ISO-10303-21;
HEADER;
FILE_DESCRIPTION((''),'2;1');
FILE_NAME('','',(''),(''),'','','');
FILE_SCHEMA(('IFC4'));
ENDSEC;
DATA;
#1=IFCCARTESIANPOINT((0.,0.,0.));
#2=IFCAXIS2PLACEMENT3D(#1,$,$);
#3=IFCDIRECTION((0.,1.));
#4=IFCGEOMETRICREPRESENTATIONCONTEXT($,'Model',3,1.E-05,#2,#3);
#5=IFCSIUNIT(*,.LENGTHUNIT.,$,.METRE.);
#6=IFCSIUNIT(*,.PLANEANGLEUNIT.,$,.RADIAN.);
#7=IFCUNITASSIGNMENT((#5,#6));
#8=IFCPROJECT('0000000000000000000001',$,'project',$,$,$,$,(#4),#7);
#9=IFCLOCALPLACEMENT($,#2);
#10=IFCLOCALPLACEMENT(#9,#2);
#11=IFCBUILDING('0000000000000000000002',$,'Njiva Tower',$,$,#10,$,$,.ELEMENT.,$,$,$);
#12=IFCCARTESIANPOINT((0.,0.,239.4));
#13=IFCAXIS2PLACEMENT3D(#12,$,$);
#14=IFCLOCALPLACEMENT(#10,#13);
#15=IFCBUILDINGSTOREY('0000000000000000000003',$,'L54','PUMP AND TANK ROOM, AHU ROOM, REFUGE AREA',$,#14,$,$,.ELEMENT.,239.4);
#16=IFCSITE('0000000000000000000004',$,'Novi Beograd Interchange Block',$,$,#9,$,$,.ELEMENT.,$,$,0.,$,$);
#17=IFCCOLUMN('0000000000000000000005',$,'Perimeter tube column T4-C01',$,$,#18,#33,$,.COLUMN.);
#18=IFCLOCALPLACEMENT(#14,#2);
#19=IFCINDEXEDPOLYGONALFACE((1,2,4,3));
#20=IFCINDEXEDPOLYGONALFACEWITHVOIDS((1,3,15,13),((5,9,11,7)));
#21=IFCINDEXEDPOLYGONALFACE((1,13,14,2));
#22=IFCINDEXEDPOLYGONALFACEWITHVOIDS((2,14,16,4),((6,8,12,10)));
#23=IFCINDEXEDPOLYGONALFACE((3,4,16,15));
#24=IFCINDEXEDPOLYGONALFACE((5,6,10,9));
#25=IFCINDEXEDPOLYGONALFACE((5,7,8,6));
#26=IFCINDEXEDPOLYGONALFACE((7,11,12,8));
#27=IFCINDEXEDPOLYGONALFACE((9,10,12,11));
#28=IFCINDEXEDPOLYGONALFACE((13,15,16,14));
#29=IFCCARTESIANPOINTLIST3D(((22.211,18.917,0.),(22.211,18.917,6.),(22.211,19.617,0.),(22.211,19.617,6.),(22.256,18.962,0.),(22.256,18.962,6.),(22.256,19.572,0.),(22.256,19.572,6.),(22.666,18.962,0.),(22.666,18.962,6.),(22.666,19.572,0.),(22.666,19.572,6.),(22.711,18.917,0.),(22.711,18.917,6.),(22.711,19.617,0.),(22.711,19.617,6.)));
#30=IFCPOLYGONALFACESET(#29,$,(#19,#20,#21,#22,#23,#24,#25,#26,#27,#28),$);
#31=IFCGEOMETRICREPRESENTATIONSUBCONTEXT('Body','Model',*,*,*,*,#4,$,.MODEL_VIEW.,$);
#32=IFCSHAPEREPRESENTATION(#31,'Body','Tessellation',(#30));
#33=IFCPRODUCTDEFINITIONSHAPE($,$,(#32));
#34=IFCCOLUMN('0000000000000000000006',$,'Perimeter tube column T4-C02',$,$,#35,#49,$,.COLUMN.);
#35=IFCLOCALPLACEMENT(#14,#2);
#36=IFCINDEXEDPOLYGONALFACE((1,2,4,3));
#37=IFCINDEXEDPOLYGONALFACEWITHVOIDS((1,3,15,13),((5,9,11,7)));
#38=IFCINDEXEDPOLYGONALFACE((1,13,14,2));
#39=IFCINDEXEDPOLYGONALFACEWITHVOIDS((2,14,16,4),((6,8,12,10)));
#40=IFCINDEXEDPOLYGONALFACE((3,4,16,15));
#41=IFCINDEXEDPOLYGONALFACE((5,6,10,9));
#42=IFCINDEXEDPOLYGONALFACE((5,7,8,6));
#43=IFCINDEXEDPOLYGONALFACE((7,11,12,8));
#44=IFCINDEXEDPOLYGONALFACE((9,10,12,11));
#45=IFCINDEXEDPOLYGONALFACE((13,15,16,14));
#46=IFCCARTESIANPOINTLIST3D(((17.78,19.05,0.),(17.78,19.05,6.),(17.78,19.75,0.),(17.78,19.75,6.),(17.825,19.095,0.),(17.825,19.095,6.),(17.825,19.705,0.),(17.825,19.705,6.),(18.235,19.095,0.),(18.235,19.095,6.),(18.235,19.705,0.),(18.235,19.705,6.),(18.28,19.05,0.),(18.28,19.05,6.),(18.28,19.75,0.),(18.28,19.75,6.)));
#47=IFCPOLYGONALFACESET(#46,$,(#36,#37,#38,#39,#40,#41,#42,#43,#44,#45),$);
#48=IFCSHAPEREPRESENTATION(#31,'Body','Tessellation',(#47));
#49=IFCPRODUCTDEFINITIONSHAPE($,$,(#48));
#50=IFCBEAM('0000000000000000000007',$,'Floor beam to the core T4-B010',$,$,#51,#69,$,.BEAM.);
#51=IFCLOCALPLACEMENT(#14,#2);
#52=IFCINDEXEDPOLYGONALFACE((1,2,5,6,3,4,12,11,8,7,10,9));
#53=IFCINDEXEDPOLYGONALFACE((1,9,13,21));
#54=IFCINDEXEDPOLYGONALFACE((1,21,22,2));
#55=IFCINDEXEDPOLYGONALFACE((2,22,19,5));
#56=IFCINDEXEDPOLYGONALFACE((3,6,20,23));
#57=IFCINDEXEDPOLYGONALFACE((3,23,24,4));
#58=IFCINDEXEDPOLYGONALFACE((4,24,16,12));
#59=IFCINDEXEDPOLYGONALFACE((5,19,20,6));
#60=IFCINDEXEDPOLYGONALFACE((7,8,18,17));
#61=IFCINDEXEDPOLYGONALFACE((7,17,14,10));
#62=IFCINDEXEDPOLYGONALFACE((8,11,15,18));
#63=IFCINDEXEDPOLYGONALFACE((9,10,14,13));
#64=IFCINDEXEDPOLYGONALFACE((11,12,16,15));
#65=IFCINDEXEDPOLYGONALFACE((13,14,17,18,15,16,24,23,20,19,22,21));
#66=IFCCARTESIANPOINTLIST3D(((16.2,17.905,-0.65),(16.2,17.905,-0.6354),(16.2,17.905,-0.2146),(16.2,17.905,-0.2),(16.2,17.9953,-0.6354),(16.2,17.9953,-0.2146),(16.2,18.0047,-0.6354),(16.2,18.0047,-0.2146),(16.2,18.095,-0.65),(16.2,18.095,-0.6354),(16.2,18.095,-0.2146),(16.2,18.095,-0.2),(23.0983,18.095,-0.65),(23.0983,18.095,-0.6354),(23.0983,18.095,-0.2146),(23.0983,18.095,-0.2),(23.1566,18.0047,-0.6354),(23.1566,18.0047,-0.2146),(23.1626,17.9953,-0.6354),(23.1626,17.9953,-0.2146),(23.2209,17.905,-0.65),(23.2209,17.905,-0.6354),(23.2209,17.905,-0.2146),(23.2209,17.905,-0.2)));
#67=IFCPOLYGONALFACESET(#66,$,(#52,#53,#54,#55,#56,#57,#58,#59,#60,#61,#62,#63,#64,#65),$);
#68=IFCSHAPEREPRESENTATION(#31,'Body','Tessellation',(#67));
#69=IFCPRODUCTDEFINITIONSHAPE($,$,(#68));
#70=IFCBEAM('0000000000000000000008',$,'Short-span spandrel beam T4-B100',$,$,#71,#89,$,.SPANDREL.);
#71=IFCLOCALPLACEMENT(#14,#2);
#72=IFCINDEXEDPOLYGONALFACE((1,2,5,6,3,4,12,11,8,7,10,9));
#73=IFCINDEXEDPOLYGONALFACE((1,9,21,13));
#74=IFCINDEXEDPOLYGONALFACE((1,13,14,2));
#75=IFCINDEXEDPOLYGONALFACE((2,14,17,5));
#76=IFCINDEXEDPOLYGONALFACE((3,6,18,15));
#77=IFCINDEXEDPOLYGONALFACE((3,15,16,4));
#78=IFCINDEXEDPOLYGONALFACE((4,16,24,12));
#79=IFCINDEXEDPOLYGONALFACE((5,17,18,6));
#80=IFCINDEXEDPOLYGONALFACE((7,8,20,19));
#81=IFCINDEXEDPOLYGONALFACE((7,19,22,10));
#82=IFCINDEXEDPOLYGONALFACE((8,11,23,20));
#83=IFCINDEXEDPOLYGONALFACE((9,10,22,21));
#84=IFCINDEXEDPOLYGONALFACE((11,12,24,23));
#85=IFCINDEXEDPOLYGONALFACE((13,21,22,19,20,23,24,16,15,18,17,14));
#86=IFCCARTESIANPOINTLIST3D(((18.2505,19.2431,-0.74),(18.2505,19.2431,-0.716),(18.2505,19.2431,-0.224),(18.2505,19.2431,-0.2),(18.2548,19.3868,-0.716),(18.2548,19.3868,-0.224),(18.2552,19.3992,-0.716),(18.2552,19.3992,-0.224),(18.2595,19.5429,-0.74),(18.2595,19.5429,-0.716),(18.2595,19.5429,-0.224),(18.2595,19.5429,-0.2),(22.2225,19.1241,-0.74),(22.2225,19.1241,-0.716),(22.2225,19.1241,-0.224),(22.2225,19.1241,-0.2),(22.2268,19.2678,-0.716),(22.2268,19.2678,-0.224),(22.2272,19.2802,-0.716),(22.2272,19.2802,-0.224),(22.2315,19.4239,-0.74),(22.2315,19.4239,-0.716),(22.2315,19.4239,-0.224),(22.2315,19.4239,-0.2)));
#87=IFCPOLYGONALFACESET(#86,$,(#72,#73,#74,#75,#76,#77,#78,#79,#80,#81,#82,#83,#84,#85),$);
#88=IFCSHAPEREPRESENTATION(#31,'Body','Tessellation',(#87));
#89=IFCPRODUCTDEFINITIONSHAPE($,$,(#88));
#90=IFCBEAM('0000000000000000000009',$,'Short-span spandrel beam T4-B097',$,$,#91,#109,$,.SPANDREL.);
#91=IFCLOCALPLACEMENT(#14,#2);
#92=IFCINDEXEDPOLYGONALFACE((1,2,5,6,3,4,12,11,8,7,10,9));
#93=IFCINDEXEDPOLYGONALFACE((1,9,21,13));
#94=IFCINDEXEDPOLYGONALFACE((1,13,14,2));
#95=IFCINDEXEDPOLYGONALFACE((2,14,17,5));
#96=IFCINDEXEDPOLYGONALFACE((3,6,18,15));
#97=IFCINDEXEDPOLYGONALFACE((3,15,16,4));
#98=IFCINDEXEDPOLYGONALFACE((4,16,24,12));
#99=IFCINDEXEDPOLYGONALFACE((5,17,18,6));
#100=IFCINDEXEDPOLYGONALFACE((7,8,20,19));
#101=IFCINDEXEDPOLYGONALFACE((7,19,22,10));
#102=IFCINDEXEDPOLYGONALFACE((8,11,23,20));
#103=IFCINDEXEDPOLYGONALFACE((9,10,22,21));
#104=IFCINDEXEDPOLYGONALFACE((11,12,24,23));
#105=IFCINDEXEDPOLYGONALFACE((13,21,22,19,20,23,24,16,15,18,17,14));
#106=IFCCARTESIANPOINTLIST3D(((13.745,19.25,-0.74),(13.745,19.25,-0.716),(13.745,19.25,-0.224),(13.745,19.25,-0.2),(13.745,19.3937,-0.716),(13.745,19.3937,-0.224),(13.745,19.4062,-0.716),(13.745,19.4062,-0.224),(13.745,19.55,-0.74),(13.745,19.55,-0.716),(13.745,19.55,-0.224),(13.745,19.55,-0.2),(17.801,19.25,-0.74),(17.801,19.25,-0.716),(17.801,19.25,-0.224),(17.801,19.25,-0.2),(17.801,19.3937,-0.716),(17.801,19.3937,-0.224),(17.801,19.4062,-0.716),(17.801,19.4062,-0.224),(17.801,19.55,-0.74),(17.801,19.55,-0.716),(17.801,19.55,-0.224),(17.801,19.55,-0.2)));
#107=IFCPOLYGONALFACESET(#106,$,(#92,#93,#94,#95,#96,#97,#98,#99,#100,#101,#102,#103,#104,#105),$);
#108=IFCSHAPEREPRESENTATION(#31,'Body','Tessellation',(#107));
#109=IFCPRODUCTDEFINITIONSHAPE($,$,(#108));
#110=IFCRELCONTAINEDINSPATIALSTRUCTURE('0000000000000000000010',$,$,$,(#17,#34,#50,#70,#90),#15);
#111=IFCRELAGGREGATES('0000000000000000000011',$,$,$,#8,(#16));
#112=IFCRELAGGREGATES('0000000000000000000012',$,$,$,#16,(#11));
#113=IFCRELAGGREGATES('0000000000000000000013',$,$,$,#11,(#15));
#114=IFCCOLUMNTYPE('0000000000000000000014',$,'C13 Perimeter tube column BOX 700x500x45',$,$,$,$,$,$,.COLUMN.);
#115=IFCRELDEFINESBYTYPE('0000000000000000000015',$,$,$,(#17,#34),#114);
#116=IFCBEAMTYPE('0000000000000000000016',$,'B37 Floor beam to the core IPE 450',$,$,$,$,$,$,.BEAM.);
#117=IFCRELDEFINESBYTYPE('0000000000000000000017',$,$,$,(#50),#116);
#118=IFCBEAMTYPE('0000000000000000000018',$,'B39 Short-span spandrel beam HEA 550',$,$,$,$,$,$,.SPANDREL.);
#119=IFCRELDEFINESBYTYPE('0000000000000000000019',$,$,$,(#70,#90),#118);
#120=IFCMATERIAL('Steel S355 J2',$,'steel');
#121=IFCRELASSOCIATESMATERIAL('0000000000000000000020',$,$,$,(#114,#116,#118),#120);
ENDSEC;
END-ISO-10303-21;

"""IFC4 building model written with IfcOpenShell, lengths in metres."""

from ifc_helpers import new_model, si_unit, direction, frame, origin, origin_2d, place, context, subcontext, project, spatial, hollow_rectangle, i_section, extrude, clip, halfspace, material, material_profile, profile_set, type_object, element, save


model = new_model("IFC4")

# Units and contexts
model_context = context("Model", 3, precision=1e-05, world=origin(), true_north=direction((0.0, 1.0)))
body_context = subcontext(model_context, "Body", "Model", "MODEL_VIEW")
ifc_project = project(units=[si_unit("LENGTHUNIT", "METRE"), si_unit("PLANEANGLEUNIT", "RADIAN")], contexts=[model_context])

# Site, building, storey
site_placement = place(None, origin())
site = spatial("IfcSite", under=ifc_project, at=site_placement, Name="Novi Beograd Interchange Block", CompositionType="ELEMENT", RefElevation=0.0)
building_placement = place(site_placement, origin())
building = spatial("IfcBuilding", under=site, at=building_placement, Name="Njiva Tower", CompositionType="ELEMENT")
storey_placement = place(building_placement, frame((0.0, 0.0, 239.4)))
storey = spatial("IfcBuildingStorey", under=building, at=storey_placement, Name="L54", Description="PUMP AND TANK ROOM, AHU ROOM, REFUGE AREA", CompositionType="ELEMENT", Elevation=239.4)

# Columns
ifc_material_1 = material(Name="Steel S355 J2", Category="steel")
ifc_material_profile_1 = material_profile(ifc_material_1, hollow_rectangle(XDim=0.5, YDim=0.7, WallThickness=0.045, at=origin_2d()), Name="BOX 700x500x45")
ifc_profile_set_1 = profile_set([ifc_material_profile_1], Name="Steel S355 J2")
column_type = type_object("IfcColumnType", Name="C13 Perimeter tube column BOX 700x500x45", PredefinedType="COLUMN", material=ifc_profile_set_1)
for number, where, z_axis, x_axis, name in (
    (1, (22.461, 19.267, 0.0), (0.0, 0.0, 1.0), (-1.0, 0.0, 0.0), "Perimeter tube column T4-C01"),
    (2, (18.03, 19.4, 0.0), (0.0, 0.0, 1.0), (-1.0, 0.0, 0.0), "Perimeter tube column T4-C02"),
):
    element("IfcColumn", number, at=place(storey_placement, frame(where, z_axis=z_axis, x_axis=x_axis)), inside=storey, type_object=column_type, Name=name, PredefinedType="COLUMN", context=body_context, shape_type="SweptSolid", body=[
        extrude(hollow_rectangle(XDim=0.5, YDim=0.7, WallThickness=0.045, at=origin_2d()), origin(), (0.0, 0.0, 1.0), 6.0),
    ])

# Beams
ifc_material_profile_2 = material_profile(ifc_material_1, i_section(OverallWidth=0.19, OverallDepth=0.45, WebThickness=0.0094, FlangeThickness=0.0146, at=origin_2d()), Name="IPE 450")
ifc_profile_set_2 = profile_set([ifc_material_profile_2], Name="Steel S355 J2")
beam_type_1 = type_object("IfcBeamType", Name="B37 Floor beam to the core IPE 450", PredefinedType="BEAM", material=ifc_profile_set_2)
beam_1_placement = place(storey_placement, frame((16.2, 18.0, -0.425), z_axis=(1.0, 0.0, 0.0), x_axis=(0.0, 1.0, 0.0)))
element("IfcBeam", 3, at=beam_1_placement, inside=storey, type_object=beam_type_1, Name="Floor beam to the core T4-B010", PredefinedType="BEAM", context=body_context, shape_type="Clipping", body=[
    clip(extrude(i_section(OverallWidth=0.19, OverallDepth=0.45, WebThickness=0.0094, FlangeThickness=0.0146, at=origin_2d()), origin(), (0.0, 0.0, 1.0), 7.041), halfspace(frame((0.0271, 0.0, 6.9421), z_axis=(0.54209, 0.0, 0.84032), x_axis=(0.0, 1.0, 0.0)), False)),
])
ifc_material_profile_3 = material_profile(ifc_material_1, i_section(OverallWidth=0.3, OverallDepth=0.54, WebThickness=0.0125, FlangeThickness=0.024, at=origin_2d()), Name="HEA 550")
ifc_profile_set_3 = profile_set([ifc_material_profile_3], Name="Steel S355 J2")
beam_type_2 = type_object("IfcBeamType", Name="B39 Short-span spandrel beam HEA 550", PredefinedType="SPANDREL", material=ifc_profile_set_3)
beam_2_placement = place(storey_placement, frame((22.227, 19.274, -0.47), z_axis=(-0.999552, 0.029946, 0.0), x_axis=(-0.029946, -0.999552, 0.0)))
element("IfcBeam", 4, at=beam_2_placement, inside=storey, type_object=beam_type_2, Name="Short-span spandrel beam T4-B100", PredefinedType="SPANDREL", context=body_context, shape_type="SweptSolid", body=[
    extrude(i_section(OverallWidth=0.3, OverallDepth=0.54, WebThickness=0.0125, FlangeThickness=0.024, at=origin_2d()), origin(), (0.0, 0.0, 1.0), 3.9738),
])
beam_3_placement = place(storey_placement, frame((17.801, 19.4, -0.47), z_axis=(-1.0, 0.0, 0.0), x_axis=(0.0, -1.0, 0.0)))
element("IfcBeam", 5, at=beam_3_placement, inside=storey, type_object=beam_type_2, Name="Short-span spandrel beam T4-B097", PredefinedType="SPANDREL", context=body_context, shape_type="SweptSolid", body=[
    extrude(i_section(OverallWidth=0.3, OverallDepth=0.54, WebThickness=0.0125, FlangeThickness=0.024, at=origin_2d()), origin(), (0.0, 0.0, 1.0), 4.056),
])

save(model, "model.ifc")
